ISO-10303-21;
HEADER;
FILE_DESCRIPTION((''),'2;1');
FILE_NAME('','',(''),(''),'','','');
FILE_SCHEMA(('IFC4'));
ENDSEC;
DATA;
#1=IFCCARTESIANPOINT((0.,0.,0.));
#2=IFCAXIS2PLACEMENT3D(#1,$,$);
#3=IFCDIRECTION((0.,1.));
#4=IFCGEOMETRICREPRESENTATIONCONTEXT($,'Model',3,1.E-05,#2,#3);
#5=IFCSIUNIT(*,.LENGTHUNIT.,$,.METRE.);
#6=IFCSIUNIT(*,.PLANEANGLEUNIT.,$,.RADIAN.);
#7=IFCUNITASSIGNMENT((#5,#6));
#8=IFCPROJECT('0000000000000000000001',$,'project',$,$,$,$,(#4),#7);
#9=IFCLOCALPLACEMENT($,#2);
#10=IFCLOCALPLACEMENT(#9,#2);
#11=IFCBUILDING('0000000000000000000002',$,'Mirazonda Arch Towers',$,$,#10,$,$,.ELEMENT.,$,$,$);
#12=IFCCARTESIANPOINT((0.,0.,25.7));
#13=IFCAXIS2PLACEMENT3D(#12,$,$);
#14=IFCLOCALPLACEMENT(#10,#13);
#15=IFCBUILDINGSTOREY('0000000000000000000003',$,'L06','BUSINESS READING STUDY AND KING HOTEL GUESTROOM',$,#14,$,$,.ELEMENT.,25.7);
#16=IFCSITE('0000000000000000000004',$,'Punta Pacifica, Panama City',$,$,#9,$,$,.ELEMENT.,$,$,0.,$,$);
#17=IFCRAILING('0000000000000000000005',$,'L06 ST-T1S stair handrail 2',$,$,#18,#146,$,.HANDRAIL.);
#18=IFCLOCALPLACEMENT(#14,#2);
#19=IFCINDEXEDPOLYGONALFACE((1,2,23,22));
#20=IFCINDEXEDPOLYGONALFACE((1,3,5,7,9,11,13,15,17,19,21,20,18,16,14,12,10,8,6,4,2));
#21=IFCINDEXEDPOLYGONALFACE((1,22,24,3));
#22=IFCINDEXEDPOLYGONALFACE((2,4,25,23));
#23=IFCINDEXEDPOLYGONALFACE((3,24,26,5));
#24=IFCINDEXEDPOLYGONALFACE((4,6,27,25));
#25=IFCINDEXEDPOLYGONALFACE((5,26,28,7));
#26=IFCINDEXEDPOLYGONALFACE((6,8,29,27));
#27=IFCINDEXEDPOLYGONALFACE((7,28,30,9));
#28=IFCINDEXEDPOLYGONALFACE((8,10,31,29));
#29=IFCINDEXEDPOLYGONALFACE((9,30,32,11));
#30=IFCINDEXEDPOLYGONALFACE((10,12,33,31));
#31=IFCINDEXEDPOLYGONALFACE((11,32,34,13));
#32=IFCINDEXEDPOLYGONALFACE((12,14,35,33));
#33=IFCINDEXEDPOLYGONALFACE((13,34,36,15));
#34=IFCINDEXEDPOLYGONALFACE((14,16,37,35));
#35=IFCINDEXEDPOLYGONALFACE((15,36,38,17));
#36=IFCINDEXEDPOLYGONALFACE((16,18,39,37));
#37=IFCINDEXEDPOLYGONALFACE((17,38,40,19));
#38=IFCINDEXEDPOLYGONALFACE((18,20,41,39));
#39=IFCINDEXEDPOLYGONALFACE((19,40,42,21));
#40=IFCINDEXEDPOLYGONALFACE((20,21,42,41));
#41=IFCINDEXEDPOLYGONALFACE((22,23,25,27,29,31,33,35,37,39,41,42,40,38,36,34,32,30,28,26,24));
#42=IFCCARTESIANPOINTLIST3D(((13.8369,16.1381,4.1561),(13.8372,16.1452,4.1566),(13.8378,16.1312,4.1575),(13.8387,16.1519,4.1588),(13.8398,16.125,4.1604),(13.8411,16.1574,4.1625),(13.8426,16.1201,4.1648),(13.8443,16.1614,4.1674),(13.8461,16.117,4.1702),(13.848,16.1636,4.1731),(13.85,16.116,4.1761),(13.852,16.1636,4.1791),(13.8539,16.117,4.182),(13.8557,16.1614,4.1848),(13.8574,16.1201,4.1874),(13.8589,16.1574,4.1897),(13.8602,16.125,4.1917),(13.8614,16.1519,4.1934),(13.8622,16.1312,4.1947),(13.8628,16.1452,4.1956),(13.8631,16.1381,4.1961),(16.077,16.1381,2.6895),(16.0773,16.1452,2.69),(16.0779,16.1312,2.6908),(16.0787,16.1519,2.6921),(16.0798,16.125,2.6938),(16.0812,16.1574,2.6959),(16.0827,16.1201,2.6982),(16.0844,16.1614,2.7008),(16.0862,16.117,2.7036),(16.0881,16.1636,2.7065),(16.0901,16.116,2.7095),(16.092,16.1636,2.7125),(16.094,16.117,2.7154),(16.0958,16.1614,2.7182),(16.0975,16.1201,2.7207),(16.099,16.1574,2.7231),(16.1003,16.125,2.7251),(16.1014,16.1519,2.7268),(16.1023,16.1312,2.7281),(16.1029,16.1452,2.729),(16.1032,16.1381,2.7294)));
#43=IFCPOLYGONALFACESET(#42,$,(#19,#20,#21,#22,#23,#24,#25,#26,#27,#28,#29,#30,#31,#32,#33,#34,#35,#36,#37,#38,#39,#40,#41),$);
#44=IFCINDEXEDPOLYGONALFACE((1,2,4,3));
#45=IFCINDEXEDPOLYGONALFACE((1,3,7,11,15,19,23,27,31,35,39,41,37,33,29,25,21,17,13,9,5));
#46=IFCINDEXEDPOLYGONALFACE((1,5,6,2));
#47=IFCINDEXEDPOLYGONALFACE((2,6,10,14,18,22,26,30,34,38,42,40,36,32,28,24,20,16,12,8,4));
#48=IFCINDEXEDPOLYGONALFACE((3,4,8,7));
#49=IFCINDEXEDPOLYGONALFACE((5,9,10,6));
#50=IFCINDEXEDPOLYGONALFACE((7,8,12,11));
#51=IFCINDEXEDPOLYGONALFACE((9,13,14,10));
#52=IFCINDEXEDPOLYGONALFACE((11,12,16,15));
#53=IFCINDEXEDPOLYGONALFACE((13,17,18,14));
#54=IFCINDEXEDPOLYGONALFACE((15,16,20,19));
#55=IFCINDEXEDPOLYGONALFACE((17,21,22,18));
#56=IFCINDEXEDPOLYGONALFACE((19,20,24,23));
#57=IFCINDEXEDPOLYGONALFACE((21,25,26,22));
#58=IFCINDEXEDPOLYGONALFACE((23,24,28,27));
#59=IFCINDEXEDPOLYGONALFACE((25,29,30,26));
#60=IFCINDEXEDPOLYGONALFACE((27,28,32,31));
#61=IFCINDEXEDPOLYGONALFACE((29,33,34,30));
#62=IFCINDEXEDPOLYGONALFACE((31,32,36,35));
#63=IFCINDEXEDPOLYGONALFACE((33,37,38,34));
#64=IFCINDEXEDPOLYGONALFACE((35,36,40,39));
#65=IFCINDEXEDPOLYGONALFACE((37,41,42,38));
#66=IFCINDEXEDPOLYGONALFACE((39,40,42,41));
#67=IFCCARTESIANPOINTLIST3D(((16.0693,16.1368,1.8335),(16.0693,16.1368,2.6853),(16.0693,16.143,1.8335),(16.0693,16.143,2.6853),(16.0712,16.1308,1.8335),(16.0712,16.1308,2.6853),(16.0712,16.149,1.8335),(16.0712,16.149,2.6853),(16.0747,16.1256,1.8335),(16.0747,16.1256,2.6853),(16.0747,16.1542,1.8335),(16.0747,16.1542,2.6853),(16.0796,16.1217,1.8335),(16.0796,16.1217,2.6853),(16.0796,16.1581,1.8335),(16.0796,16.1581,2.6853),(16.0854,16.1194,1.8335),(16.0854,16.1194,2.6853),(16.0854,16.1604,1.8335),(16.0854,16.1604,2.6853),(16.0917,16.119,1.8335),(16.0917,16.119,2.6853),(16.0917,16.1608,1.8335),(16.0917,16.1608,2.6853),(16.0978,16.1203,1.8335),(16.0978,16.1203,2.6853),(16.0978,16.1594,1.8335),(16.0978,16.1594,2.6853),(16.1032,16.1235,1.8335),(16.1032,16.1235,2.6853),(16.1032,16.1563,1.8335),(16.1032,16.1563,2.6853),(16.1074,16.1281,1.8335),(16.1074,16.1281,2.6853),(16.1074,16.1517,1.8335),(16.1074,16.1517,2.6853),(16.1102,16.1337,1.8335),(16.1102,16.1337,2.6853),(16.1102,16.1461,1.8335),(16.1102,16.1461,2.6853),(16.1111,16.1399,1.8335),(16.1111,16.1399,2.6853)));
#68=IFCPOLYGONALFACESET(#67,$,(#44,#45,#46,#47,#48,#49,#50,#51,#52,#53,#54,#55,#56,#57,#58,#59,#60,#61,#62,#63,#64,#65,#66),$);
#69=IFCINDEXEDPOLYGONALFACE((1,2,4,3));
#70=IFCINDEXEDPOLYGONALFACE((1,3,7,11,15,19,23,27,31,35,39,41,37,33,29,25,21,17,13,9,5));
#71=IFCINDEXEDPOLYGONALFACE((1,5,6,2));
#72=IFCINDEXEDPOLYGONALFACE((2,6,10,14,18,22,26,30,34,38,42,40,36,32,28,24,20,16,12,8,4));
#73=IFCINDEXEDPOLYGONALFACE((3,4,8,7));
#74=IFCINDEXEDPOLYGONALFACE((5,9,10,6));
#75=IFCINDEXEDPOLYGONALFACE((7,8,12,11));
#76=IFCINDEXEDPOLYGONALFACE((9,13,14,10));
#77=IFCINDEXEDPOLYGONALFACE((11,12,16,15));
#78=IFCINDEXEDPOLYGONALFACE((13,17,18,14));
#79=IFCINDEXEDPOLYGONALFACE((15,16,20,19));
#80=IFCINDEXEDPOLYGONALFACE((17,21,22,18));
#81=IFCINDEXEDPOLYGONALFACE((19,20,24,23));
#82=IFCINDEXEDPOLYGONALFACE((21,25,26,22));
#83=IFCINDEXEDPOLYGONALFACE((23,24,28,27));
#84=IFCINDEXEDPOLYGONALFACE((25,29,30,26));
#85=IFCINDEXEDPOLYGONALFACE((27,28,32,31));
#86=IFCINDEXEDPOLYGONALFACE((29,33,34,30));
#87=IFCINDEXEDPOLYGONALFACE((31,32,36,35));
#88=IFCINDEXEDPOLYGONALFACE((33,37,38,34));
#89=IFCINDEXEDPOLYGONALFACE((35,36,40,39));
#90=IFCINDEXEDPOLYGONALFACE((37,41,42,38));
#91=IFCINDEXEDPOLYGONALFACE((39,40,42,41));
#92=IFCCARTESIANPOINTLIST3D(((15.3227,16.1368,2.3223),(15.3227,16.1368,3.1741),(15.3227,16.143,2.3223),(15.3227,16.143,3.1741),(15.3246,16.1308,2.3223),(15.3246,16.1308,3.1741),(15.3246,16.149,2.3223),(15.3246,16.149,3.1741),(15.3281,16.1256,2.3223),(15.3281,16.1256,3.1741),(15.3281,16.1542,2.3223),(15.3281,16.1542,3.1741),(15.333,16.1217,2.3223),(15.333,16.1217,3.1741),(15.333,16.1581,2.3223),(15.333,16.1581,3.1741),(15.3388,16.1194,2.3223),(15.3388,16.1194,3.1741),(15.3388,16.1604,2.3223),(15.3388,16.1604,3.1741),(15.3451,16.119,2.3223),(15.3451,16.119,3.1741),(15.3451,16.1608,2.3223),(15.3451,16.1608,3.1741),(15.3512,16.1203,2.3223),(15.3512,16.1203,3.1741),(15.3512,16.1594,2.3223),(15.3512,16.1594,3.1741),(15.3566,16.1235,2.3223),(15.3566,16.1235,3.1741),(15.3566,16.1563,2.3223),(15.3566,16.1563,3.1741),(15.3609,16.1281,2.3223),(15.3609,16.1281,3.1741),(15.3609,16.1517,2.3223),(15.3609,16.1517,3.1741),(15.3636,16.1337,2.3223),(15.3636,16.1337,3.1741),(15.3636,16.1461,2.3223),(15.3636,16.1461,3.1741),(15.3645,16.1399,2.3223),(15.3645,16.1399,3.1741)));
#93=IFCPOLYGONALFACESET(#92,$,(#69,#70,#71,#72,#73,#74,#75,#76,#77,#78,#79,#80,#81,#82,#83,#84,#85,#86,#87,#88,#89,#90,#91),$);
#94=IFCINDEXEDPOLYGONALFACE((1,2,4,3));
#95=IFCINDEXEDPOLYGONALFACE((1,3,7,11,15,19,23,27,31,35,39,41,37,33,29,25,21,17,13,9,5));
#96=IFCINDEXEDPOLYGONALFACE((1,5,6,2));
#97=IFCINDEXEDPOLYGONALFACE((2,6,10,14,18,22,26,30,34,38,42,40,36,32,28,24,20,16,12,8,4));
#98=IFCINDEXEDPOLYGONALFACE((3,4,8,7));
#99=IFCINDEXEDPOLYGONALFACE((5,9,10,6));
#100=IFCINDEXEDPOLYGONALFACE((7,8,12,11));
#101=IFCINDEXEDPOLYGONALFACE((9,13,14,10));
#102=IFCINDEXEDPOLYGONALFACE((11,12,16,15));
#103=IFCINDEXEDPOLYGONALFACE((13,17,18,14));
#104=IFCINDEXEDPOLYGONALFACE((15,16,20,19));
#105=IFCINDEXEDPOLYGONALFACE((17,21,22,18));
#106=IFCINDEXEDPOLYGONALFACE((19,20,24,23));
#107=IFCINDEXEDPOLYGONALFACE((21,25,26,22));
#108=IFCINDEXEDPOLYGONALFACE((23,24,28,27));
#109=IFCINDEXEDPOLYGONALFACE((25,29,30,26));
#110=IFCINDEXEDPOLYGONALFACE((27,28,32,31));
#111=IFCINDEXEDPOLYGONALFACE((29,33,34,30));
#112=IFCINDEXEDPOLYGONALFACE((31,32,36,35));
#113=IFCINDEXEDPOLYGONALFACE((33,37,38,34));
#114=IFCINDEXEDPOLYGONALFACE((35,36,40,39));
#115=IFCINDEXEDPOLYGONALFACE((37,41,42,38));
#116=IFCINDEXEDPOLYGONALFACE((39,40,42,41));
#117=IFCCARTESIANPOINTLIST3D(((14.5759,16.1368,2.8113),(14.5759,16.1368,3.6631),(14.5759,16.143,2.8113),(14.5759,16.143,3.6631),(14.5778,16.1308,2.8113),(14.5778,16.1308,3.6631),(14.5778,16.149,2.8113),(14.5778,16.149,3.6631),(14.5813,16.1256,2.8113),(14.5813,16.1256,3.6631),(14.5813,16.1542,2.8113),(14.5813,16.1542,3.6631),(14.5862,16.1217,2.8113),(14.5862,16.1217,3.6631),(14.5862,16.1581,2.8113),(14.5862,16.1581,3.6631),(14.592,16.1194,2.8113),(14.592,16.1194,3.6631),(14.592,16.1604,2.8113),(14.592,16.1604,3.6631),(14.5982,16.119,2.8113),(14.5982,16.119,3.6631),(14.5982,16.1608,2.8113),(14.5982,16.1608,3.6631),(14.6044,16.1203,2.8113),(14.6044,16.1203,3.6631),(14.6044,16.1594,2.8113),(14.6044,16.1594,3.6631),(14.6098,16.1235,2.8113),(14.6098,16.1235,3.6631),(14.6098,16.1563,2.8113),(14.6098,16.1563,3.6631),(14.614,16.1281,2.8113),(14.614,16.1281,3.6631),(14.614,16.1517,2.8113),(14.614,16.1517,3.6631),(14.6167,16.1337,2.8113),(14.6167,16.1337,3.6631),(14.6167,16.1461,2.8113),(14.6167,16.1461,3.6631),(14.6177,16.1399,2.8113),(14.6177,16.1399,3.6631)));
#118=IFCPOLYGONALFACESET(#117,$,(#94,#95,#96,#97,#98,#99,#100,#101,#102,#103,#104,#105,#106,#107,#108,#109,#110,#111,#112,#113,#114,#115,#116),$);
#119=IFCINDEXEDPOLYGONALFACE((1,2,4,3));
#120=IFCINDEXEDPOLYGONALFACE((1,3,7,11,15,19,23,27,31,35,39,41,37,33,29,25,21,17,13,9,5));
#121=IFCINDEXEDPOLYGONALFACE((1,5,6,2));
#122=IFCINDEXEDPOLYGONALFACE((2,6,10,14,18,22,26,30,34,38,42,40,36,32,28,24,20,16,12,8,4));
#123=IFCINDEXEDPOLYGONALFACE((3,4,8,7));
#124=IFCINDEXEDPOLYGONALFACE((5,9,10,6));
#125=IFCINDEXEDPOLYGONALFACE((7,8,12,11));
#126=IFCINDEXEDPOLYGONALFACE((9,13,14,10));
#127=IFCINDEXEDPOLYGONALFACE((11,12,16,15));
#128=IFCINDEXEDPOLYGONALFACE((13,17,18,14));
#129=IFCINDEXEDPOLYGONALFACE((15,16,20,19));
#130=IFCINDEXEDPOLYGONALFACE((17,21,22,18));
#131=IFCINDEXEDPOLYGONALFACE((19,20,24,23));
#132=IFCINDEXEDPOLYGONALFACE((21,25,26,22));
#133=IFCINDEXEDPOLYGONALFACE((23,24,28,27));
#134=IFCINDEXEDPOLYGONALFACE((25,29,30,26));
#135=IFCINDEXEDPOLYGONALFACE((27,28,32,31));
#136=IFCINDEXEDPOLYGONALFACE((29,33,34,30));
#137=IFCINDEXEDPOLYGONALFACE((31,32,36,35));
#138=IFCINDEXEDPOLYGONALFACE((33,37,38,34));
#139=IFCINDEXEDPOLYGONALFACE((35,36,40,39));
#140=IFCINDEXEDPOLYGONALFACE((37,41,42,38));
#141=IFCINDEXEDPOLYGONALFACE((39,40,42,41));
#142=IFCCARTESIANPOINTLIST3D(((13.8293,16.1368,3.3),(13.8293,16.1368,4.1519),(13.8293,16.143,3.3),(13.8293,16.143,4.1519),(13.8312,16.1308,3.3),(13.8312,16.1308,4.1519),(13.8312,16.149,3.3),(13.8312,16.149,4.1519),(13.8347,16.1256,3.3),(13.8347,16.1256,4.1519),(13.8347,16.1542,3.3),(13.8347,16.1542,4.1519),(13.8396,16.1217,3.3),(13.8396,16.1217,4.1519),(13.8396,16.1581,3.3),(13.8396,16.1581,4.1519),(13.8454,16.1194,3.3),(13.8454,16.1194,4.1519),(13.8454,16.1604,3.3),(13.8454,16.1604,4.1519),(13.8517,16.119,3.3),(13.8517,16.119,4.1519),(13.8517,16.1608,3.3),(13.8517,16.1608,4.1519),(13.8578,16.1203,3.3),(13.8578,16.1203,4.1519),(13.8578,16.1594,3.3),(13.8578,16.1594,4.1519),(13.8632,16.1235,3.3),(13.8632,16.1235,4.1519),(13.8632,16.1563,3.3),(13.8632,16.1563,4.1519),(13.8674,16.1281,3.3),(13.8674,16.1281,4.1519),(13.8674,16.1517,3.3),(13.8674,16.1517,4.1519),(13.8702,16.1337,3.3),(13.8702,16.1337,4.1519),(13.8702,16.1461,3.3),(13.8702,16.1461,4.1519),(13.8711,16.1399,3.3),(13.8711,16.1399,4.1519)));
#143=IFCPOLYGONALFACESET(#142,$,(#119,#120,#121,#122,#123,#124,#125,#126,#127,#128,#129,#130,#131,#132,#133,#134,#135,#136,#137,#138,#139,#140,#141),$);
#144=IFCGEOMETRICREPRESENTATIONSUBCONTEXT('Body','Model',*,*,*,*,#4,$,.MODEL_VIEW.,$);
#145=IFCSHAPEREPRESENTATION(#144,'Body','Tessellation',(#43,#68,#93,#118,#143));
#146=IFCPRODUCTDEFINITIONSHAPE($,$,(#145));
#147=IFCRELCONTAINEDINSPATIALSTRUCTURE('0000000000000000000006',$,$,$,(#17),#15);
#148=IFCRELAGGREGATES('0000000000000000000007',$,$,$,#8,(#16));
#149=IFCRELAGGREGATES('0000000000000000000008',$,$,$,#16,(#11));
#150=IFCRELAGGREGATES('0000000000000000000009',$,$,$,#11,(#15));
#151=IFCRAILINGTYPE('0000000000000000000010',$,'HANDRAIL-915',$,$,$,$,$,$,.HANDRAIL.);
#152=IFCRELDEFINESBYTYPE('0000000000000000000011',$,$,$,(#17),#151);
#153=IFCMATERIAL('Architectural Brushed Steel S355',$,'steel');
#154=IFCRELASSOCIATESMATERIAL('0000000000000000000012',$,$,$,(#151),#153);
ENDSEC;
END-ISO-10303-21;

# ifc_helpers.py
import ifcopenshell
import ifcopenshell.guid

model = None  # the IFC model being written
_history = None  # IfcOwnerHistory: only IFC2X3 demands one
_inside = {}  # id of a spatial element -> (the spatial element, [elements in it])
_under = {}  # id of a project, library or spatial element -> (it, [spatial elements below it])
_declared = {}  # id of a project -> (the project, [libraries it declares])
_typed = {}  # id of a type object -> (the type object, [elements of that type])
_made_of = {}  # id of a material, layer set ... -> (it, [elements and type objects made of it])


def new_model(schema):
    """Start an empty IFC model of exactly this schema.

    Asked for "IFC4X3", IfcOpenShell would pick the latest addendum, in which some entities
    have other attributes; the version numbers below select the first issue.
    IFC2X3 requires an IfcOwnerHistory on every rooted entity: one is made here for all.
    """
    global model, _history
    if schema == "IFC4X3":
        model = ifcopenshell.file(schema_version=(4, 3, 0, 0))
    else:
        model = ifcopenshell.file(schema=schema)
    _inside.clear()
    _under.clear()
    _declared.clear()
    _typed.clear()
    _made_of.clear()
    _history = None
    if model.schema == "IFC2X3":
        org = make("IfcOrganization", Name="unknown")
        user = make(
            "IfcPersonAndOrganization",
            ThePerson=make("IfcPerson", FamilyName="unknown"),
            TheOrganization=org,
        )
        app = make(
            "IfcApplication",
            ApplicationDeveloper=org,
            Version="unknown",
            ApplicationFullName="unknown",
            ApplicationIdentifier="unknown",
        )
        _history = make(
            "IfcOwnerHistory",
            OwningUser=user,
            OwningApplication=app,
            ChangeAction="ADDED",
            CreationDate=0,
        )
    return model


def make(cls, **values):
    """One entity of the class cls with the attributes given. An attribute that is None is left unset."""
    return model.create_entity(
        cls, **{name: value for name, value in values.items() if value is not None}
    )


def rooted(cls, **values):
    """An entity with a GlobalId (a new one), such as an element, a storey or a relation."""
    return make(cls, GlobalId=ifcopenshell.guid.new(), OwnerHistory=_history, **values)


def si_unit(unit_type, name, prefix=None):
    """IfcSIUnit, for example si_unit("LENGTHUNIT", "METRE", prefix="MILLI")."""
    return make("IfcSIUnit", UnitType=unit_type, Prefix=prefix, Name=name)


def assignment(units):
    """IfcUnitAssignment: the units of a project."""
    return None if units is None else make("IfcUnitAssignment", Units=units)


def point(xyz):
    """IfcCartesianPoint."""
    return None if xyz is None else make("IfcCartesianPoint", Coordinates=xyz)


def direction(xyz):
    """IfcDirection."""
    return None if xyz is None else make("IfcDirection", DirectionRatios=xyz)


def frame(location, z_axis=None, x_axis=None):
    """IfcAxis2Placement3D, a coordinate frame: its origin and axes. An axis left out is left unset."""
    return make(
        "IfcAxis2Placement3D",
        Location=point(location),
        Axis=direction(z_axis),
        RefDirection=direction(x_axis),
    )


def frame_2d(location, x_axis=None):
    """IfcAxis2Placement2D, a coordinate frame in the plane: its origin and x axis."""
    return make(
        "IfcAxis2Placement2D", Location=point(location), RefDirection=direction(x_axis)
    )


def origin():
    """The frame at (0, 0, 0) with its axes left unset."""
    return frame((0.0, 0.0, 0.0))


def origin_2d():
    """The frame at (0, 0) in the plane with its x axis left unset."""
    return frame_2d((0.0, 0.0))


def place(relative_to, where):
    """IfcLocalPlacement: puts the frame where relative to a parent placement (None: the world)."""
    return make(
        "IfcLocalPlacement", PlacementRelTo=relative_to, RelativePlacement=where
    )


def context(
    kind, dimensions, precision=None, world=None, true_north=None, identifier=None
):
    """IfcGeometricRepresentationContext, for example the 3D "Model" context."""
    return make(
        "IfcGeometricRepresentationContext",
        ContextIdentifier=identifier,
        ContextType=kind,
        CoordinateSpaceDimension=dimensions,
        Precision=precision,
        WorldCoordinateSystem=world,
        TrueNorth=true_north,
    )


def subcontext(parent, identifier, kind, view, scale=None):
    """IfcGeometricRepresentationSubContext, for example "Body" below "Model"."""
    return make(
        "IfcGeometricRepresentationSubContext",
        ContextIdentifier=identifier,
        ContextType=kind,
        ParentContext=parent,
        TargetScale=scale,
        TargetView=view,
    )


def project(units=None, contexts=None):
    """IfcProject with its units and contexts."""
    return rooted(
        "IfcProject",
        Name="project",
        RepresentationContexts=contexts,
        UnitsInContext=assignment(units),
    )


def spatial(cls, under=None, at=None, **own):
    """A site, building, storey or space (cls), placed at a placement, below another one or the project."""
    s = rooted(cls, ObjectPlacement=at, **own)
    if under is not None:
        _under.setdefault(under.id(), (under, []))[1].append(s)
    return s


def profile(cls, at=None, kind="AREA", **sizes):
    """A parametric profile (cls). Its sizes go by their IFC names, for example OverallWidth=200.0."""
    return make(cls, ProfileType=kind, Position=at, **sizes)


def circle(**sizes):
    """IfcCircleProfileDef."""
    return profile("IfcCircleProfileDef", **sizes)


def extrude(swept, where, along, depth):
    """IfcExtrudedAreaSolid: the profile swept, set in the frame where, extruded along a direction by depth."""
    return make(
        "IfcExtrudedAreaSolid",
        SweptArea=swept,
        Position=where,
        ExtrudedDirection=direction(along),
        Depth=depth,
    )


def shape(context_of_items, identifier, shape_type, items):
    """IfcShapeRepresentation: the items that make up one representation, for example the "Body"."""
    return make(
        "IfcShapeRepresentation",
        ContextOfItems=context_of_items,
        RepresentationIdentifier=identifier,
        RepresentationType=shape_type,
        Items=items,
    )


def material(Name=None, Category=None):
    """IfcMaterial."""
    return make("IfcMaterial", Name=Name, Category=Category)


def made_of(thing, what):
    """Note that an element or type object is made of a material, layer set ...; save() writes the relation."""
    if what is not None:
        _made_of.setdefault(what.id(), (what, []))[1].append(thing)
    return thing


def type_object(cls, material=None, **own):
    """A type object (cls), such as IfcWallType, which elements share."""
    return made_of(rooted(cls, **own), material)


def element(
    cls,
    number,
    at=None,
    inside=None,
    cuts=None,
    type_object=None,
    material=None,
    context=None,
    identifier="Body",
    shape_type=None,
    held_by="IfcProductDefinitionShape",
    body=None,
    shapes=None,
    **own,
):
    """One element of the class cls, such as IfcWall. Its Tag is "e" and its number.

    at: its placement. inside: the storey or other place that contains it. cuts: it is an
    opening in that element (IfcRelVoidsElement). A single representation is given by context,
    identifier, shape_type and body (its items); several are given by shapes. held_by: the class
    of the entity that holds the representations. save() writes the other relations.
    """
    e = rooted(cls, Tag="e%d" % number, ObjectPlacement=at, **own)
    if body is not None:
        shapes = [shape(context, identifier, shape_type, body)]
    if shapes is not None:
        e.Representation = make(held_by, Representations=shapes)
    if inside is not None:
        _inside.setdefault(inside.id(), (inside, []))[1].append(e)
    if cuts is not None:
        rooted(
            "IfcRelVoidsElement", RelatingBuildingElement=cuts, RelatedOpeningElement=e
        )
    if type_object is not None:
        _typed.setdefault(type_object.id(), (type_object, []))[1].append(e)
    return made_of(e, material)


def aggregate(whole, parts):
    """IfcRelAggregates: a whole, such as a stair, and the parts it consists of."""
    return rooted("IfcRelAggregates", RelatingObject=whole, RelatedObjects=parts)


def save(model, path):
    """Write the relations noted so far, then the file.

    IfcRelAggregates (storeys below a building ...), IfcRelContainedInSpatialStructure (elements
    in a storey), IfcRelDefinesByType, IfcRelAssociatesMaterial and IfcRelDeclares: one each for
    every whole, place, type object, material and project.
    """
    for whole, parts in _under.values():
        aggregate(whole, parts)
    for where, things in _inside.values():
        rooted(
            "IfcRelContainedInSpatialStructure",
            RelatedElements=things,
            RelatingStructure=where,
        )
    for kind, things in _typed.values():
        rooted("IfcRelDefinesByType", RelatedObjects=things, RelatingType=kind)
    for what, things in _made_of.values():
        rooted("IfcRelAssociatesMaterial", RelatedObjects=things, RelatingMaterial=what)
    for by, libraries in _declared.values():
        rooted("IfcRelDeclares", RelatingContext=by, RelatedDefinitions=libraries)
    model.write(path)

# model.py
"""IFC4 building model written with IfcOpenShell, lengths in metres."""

from ifc_helpers import new_model, si_unit, direction, frame, origin, origin_2d, place, context, subcontext, project, spatial, circle, extrude, material, type_object, element, save


model = new_model("IFC4")

# Units and contexts
model_context = context("Model", 3, precision=1e-05, world=origin(), true_north=direction((0.0, 1.0)))
body_context = subcontext(model_context, "Body", "Model", "MODEL_VIEW")
ifc_project = project(units=[si_unit("LENGTHUNIT", "METRE"), si_unit("PLANEANGLEUNIT", "RADIAN")], contexts=[model_context])

# Site, building, storey
site_placement = place(None, origin())
site = spatial("IfcSite", under=ifc_project, at=site_placement, Name="Punta Pacifica, Panama City", CompositionType="ELEMENT", RefElevation=0.0)
building_placement = place(site_placement, origin())
building = spatial("IfcBuilding", under=site, at=building_placement, Name="Mirazonda Arch Towers", CompositionType="ELEMENT")
storey_placement = place(building_placement, frame((0.0, 0.0, 25.7)))
storey = spatial("IfcBuildingStorey", under=building, at=storey_placement, Name="L06", Description="BUSINESS READING STUDY AND KING HOTEL GUESTROOM", CompositionType="ELEMENT", Elevation=25.7)

# Railing
ifc_material_1 = material(Name="Architectural Brushed Steel S355", Category="steel")
railing_type_1 = type_object("IfcRailingType", Name="HANDRAIL-915", PredefinedType="HANDRAIL", material=ifc_material_1)
railing_1_placement = place(storey_placement, frame((16.0901, 16.1399, 1.8335)))
element("IfcRailing", 1, at=railing_1_placement, inside=storey, type_object=railing_type_1, Name="L06 ST-T1S stair handrail 2", PredefinedType="HANDRAIL", context=body_context, shape_type="SweptSolid", body=[
    extrude(circle(Radius=0.0239, at=origin_2d()), frame((0.0, 0.0, 0.876), z_axis=(-0.836637, 0.0, 0.547758), x_axis=(0.0, -1.0, 0.0)), (0.0, 0.0, 1.0), 2.6775),
    extrude(circle(Radius=0.021, at=origin_2d()), origin(), (0.0, 0.0, 1.0), 0.8518),
    extrude(circle(Radius=0.021, at=origin_2d()), frame((-0.7466, 0.0, 0.4888)), (0.0, 0.0, 1.0), 0.8518),
    extrude(circle(Radius=0.021, at=origin_2d()), frame((-1.4934, 0.0, 0.9778)), (0.0, 0.0, 1.0), 0.8518),
    extrude(circle(Radius=0.021, at=origin_2d()), frame((-2.24, 0.0, 1.4666)), (0.0, 0.0, 1.0), 0.8518),
])

save(model, "model.ifc")
